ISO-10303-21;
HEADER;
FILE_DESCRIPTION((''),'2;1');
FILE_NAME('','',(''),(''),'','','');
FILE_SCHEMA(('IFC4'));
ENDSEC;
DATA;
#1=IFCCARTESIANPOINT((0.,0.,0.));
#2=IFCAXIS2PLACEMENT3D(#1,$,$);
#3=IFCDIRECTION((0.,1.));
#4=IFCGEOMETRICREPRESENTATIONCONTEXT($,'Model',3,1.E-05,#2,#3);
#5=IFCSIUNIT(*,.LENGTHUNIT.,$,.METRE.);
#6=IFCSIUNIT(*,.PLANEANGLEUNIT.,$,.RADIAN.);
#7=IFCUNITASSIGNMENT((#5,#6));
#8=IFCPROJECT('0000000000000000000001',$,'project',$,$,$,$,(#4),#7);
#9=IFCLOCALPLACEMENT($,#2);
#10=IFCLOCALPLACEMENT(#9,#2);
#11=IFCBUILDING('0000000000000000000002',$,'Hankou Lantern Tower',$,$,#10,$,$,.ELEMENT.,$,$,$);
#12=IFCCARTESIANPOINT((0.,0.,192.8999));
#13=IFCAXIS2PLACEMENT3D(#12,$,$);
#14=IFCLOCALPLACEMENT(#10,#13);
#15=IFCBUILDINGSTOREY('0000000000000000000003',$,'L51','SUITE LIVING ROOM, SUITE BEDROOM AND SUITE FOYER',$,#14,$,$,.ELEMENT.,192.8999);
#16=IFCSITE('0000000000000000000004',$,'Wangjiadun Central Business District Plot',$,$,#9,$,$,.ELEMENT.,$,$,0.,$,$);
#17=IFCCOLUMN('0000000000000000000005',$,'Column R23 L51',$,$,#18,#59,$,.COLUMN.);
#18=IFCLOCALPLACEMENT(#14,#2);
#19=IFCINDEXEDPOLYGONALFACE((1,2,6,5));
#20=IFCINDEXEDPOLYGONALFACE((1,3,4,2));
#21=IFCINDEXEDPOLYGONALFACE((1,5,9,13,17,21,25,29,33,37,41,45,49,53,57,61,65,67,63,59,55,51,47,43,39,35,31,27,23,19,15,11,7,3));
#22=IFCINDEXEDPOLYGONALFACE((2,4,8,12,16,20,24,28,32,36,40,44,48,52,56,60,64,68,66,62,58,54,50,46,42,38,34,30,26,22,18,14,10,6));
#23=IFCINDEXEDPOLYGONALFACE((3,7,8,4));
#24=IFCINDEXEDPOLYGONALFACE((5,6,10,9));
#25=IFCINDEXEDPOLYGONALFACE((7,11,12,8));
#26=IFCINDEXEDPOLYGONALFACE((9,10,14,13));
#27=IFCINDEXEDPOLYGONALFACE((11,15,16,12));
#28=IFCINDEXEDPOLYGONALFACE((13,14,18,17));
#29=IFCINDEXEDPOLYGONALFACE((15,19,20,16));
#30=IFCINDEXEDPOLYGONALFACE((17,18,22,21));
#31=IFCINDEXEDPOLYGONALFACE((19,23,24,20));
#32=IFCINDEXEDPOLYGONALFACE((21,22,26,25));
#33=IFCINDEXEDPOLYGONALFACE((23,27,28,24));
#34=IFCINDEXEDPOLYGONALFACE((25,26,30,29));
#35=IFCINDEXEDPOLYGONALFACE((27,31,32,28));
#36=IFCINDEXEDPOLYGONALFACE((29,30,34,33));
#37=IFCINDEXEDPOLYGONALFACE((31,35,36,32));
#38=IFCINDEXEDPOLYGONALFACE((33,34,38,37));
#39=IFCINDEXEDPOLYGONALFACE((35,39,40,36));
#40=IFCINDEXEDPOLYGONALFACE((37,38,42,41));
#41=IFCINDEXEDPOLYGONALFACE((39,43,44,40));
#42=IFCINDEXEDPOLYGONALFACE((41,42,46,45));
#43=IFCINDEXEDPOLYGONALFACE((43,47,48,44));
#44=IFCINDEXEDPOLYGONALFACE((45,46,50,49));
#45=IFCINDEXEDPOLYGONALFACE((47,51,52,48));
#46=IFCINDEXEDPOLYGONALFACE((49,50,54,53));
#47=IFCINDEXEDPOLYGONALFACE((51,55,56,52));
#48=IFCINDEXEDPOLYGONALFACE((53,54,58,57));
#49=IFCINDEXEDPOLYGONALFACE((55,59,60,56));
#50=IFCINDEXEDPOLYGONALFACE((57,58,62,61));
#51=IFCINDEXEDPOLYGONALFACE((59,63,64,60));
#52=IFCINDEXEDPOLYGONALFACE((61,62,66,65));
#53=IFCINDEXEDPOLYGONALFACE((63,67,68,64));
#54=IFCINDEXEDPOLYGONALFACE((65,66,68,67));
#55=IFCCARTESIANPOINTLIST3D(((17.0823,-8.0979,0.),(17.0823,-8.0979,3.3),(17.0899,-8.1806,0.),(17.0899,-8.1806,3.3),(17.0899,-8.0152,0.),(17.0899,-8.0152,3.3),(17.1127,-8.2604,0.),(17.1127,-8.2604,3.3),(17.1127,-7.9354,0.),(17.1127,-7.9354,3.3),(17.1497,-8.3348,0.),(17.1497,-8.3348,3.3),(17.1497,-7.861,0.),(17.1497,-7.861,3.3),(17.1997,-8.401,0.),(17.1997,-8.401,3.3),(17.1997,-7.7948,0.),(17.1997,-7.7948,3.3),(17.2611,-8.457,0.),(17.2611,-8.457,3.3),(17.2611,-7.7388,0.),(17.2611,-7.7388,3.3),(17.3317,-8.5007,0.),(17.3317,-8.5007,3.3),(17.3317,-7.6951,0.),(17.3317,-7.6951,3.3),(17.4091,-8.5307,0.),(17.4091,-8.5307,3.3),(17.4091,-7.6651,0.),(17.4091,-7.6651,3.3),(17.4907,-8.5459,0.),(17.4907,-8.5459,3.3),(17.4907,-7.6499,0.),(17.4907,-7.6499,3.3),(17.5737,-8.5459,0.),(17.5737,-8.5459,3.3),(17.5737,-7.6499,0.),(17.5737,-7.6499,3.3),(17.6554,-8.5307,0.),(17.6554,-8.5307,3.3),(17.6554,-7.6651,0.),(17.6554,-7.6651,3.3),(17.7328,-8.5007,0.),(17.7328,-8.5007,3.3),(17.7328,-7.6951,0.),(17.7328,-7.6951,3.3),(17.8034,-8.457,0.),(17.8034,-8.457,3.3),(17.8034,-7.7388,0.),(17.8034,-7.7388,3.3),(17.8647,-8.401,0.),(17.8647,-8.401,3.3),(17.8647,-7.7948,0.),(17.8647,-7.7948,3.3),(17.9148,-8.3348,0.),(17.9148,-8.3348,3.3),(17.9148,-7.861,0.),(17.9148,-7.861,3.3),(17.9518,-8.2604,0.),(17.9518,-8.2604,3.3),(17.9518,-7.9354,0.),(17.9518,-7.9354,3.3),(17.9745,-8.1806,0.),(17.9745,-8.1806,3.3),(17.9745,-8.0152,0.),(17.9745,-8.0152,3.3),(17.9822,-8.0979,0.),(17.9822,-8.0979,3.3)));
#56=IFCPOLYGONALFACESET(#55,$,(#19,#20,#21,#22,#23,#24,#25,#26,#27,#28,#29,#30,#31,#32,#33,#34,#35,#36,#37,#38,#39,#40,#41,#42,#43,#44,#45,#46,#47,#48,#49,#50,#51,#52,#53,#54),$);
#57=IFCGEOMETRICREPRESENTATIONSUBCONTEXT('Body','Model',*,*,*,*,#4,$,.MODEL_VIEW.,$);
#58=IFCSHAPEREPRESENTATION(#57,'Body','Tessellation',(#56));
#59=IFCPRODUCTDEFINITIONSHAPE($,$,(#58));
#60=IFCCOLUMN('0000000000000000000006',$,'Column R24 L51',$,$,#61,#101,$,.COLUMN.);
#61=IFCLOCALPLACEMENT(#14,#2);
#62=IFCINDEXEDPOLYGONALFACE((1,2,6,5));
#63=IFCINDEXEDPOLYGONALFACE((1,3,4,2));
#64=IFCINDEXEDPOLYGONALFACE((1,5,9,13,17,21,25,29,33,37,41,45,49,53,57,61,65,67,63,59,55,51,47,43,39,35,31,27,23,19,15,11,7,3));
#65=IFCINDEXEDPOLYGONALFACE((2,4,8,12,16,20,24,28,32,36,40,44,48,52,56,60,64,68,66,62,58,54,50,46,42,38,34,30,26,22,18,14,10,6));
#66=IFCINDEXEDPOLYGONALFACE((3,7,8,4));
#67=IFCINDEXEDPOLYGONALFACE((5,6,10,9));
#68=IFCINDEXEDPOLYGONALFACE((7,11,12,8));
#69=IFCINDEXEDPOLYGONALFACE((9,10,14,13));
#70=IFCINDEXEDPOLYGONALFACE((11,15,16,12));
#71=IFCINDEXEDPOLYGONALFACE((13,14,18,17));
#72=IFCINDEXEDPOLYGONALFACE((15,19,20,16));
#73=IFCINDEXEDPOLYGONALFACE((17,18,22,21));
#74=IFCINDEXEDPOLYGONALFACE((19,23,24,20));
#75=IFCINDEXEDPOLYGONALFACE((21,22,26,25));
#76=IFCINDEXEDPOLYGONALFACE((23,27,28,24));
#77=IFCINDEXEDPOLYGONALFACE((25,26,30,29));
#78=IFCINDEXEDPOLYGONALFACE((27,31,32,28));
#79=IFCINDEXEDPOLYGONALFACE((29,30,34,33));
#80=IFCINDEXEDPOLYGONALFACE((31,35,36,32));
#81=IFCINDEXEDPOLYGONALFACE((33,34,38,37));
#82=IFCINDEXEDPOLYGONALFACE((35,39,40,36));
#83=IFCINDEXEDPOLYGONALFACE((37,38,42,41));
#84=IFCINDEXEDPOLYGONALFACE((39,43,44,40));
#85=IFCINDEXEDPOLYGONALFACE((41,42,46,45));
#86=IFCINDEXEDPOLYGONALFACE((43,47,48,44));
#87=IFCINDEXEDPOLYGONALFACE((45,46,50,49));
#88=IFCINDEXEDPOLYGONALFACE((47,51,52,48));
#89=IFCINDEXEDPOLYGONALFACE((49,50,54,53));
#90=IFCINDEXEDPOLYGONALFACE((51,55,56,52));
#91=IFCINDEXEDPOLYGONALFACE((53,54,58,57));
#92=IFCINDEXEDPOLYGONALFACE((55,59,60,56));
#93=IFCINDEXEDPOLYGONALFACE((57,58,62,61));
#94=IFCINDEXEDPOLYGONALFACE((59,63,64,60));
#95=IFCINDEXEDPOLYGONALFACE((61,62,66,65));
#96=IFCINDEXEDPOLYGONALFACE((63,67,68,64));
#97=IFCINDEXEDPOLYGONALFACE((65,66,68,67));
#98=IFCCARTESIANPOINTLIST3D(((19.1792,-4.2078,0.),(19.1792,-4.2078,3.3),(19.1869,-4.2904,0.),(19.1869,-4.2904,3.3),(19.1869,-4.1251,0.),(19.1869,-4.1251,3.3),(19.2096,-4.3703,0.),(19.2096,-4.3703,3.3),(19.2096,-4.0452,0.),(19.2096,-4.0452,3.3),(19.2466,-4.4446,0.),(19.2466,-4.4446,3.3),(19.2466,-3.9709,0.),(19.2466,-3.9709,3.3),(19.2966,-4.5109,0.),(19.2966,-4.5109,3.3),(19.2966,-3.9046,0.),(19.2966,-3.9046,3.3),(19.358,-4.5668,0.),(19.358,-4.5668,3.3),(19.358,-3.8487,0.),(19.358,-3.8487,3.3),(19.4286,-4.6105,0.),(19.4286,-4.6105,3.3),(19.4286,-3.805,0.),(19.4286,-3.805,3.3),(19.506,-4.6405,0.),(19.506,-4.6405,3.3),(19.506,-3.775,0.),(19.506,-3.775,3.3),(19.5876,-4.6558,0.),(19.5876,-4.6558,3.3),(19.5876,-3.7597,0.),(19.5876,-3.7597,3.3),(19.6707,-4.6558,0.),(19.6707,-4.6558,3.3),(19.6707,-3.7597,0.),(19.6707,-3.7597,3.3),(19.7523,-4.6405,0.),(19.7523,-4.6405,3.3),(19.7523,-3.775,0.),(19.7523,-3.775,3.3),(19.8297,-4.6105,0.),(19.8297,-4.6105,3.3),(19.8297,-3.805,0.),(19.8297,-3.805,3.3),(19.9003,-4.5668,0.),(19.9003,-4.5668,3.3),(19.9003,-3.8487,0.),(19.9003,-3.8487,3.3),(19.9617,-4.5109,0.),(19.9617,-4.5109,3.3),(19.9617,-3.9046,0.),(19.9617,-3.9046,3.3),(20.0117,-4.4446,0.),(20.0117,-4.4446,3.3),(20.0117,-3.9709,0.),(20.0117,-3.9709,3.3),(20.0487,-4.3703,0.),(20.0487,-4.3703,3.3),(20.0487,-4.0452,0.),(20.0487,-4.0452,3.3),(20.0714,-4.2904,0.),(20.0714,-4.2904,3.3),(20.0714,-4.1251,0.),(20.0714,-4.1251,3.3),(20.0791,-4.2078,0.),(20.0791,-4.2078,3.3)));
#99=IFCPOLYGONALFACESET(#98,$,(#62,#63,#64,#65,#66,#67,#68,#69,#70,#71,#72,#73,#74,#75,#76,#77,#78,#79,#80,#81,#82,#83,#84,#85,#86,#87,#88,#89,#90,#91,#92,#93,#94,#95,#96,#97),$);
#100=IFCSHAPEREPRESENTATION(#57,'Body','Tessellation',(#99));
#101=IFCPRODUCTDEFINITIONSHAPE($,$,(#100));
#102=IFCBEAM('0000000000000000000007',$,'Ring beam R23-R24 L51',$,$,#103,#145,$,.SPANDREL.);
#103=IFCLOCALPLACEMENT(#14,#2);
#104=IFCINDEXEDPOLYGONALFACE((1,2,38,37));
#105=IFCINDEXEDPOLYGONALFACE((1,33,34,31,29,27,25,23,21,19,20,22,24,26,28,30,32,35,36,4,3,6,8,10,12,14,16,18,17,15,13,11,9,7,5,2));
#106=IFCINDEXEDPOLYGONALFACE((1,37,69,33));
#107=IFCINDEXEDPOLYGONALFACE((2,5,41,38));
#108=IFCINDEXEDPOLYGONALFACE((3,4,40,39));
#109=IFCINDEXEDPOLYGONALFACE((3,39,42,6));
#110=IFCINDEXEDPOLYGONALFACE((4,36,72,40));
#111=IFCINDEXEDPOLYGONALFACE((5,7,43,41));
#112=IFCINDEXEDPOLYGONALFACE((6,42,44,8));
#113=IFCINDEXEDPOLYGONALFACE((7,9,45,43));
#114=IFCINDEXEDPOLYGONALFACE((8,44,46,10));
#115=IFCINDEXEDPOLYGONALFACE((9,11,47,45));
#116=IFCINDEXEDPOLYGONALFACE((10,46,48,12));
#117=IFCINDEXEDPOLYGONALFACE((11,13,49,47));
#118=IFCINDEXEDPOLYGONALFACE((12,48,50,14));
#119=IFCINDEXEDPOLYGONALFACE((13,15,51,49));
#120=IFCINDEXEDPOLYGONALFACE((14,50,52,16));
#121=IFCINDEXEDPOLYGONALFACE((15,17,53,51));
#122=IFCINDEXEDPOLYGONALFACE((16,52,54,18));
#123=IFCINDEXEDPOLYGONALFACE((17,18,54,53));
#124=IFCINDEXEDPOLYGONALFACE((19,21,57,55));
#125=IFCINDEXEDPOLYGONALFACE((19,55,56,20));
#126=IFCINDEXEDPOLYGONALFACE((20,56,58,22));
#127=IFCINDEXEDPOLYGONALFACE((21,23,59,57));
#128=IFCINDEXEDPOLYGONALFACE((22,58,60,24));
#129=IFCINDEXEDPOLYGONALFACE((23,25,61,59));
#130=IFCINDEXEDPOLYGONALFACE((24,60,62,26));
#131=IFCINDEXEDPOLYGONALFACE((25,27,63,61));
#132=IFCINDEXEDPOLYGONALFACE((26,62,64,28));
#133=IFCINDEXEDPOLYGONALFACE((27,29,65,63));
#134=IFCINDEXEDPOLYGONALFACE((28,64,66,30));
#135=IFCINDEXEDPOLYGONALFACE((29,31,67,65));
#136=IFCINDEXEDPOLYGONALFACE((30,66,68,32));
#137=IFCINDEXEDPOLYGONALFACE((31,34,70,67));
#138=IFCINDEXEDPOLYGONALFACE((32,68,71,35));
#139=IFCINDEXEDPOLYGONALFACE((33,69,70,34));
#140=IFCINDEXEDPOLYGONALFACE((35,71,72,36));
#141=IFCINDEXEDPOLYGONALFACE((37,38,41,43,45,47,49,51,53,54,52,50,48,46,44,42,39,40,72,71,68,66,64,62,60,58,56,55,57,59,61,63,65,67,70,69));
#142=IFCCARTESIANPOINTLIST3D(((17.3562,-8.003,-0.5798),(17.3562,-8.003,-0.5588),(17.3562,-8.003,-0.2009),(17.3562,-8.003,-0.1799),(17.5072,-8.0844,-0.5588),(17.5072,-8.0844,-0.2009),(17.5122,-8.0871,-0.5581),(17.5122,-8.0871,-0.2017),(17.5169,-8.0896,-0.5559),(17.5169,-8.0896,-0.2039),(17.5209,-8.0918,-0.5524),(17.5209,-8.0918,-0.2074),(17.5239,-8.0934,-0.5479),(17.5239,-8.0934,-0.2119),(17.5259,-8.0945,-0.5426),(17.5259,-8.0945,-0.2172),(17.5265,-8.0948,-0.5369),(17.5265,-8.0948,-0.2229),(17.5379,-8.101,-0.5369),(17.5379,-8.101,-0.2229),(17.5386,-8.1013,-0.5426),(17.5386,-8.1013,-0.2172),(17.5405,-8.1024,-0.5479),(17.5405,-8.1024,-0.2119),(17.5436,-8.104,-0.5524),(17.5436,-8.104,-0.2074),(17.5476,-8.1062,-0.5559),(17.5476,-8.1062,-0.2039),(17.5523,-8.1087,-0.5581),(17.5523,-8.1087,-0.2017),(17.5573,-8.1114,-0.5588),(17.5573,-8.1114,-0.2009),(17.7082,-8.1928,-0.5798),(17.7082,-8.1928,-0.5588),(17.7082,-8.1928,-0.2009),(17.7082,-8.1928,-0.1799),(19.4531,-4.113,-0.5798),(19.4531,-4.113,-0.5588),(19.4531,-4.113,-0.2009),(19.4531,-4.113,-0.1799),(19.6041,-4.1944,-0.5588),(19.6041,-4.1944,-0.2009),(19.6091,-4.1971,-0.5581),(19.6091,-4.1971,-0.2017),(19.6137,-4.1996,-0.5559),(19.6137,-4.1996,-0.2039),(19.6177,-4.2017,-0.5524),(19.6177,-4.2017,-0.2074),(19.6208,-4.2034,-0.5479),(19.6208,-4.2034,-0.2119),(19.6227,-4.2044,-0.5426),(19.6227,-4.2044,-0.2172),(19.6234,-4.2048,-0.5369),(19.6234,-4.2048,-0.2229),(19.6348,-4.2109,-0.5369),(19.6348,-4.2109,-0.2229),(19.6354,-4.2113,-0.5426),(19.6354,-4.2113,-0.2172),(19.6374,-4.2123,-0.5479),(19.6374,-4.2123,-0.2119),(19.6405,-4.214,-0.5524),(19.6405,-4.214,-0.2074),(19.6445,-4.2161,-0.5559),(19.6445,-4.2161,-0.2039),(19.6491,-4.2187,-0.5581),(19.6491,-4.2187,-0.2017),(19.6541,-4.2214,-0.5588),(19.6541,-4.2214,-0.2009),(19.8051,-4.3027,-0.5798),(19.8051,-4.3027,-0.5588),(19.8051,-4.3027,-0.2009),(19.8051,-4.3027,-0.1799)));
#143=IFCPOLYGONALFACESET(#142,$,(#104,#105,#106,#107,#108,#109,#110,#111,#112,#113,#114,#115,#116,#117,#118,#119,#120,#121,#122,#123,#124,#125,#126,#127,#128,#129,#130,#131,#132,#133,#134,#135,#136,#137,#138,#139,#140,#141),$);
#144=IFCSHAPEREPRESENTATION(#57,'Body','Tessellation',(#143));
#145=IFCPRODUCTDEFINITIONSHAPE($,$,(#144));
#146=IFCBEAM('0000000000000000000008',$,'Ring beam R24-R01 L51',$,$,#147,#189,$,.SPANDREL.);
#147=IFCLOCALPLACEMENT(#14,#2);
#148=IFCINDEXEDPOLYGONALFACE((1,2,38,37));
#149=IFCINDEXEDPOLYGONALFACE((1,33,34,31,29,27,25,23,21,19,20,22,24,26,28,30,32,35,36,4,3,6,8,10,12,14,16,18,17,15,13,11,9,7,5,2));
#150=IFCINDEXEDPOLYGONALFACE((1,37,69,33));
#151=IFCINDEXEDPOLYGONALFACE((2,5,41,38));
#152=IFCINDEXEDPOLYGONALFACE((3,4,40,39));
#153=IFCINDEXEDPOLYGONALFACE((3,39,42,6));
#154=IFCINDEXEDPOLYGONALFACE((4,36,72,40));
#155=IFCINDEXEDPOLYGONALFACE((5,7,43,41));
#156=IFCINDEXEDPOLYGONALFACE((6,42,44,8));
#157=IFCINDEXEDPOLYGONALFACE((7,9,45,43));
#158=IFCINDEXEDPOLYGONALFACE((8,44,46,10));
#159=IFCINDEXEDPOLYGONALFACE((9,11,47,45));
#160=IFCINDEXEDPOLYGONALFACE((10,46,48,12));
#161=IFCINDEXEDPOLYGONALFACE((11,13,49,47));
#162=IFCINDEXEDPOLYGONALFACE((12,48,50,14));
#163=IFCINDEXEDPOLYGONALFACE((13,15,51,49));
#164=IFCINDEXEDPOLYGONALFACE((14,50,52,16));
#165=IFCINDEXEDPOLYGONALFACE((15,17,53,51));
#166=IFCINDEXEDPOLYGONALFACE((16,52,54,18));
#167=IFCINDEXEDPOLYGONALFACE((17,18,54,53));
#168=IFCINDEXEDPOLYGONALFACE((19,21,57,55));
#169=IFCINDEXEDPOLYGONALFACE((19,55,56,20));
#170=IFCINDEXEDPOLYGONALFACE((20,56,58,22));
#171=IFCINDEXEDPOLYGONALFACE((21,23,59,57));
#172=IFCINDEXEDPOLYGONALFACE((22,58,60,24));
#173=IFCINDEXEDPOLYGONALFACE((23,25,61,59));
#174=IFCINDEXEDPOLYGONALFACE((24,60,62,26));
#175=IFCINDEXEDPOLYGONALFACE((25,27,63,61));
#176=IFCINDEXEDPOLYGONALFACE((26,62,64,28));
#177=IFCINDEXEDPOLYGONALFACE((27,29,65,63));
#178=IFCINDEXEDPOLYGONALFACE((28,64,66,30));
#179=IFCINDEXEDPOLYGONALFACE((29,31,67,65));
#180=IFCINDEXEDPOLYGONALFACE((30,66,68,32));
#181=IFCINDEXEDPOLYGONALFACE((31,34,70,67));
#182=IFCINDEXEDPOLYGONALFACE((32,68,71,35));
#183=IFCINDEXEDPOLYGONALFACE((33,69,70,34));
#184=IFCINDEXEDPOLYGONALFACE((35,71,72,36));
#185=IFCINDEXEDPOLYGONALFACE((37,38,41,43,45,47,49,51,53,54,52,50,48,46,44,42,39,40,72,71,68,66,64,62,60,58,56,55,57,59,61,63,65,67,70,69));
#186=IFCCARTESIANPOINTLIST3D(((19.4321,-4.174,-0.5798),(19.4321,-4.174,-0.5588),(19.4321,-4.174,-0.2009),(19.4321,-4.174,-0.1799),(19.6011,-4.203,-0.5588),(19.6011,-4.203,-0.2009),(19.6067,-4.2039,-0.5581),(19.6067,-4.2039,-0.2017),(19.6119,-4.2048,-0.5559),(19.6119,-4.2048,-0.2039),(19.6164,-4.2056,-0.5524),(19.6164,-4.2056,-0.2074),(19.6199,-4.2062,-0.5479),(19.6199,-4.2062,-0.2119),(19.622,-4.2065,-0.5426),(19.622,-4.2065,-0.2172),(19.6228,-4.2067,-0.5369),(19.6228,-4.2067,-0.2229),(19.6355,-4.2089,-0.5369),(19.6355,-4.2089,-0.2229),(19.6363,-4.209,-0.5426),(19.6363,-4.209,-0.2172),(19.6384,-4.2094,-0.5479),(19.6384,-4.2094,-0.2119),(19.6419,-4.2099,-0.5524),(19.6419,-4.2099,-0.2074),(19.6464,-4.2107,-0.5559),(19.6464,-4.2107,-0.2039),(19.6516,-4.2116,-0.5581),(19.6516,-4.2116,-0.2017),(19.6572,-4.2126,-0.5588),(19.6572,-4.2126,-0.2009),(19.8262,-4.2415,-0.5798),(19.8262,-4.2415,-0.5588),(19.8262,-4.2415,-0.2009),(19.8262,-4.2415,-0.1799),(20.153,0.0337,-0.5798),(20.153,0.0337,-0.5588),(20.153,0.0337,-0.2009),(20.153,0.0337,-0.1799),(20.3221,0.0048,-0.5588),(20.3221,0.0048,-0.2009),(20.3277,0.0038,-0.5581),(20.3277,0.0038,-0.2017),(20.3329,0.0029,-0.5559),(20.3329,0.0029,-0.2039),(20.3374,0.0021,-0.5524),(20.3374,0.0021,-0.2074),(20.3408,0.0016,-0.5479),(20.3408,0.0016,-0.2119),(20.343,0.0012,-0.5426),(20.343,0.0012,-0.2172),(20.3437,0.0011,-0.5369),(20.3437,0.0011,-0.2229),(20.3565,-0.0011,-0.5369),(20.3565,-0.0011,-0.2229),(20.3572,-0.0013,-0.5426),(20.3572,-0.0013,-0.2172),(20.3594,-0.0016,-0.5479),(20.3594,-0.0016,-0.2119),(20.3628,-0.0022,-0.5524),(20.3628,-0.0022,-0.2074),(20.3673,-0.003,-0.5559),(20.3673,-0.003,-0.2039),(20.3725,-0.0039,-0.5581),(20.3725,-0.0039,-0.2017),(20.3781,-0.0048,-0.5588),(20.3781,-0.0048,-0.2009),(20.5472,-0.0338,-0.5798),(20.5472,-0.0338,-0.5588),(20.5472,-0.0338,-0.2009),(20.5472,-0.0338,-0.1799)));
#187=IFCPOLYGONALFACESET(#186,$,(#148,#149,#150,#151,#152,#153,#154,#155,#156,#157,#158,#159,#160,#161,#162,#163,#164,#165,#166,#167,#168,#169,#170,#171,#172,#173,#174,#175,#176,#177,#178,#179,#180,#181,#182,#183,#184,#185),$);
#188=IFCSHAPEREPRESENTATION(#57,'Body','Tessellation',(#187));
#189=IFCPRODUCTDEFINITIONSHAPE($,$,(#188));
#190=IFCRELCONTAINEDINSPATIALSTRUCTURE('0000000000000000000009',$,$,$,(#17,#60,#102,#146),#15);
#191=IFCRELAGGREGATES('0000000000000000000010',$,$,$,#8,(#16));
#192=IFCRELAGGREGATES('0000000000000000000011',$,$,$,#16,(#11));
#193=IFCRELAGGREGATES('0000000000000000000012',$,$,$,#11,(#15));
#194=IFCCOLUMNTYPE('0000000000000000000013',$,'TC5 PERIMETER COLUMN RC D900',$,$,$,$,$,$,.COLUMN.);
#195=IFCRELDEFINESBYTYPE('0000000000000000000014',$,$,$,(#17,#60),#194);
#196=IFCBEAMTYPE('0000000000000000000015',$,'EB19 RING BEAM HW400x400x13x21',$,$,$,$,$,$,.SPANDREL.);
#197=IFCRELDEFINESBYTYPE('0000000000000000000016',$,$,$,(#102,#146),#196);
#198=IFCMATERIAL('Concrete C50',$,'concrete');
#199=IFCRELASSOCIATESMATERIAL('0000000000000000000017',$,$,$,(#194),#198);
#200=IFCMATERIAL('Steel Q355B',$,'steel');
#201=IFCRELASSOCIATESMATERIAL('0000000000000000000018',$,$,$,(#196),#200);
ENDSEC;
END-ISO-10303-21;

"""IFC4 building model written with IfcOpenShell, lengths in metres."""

from ifc_helpers import new_model, si_unit, direction, frame, origin, origin_2d, place, context, subcontext, project, spatial, circle, i_section, extrude, material, material_profile, profile_set, type_object, element, save


model = new_model("IFC4")

# Units and contexts
model_context = context("Model", 3, precision=1e-05, world=origin(), true_north=direction((0.0, 1.0)))
body_context = subcontext(model_context, "Body", "Model", "MODEL_VIEW")
ifc_project = project(units=[si_unit("LENGTHUNIT", "METRE"), si_unit("PLANEANGLEUNIT", "RADIAN")], contexts=[model_context])

# Site, building, storey
site_placement = place(None, origin())
site = spatial("IfcSite", under=ifc_project, at=site_placement, Name="Wangjiadun Central Business District Plot", CompositionType="ELEMENT", RefElevation=0.0)
building_placement = place(site_placement, origin())
building = spatial("IfcBuilding", under=site, at=building_placement, Name="Hankou Lantern Tower", CompositionType="ELEMENT")
storey_placement = place(building_placement, frame((0.0, 0.0, 192.8999)))
storey = spatial("IfcBuildingStorey", under=building, at=storey_placement, Name="L51", Description="SUITE LIVING ROOM, SUITE BEDROOM AND SUITE FOYER", CompositionType="ELEMENT", Elevation=192.8999)

# Columns
ifc_material_1 = material(Name="Concrete C50", Category="concrete")
ifc_material_profile_1 = material_profile(ifc_material_1, circle(Radius=0.45, at=origin_2d()), Name="RC D900")
ifc_profile_set_1 = profile_set([ifc_material_profile_1], Name="Concrete C50")
column_type = type_object("IfcColumnType", Name="TC5 PERIMETER COLUMN RC D900", PredefinedType="COLUMN", material=ifc_profile_set_1)
for number, where, z_axis, x_axis, name in (
    (1, (17.5322, -8.0979, 0.0), (0.0, 0.0, 1.0), (1.0, 0.0, 0.0), "Column R23 L51"),
    (2, (19.6292, -4.2078, 0.0), (0.0, 0.0, 1.0), (1.0, 0.0, 0.0), "Column R24 L51"),
):
    element("IfcColumn", number, at=place(storey_placement, frame(where, z_axis=z_axis, x_axis=x_axis)), inside=storey, type_object=column_type, Name=name, PredefinedType="COLUMN", context=body_context, shape_type="SweptSolid", body=[
        extrude(circle(Radius=0.45, at=origin_2d()), origin(), (0.0, 0.0, 1.0), 3.3),
    ])

# Beams
ifc_material_2 = material(Name="Steel Q355B", Category="steel")
ifc_material_profile_2 = material_profile(ifc_material_2, i_section(OverallWidth=0.3999, OverallDepth=0.3999, WebThickness=0.0129, FlangeThickness=0.021, FilletRadius=0.022, at=origin_2d()), Name="HW400x400x13x21")
ifc_profile_set_2 = profile_set([ifc_material_profile_2], Name="Steel Q355B")
beam_type_1 = type_object("IfcBeamType", Name="EB19 RING BEAM HW400x400x13x21", PredefinedType="SPANDREL", material=ifc_profile_set_2)
beam_1_placement = place(storey_placement, frame((17.5322, -8.0979, -0.3799), z_axis=(0.474492, 0.88026, 0.0), x_axis=(-0.88026, 0.474492, 0.0)))
element("IfcBeam", 3, at=beam_1_placement, inside=storey, type_object=beam_type_1, Name="Ring beam R23-R24 L51", PredefinedType="SPANDREL", context=body_context, shape_type="SweptSolid", body=[
    extrude(i_section(OverallWidth=0.3999, OverallDepth=0.3999, WebThickness=0.0129, FlangeThickness=0.021, FilletRadius=0.022, at=origin_2d()), origin(), (0.0, 0.0, 1.0), 4.4192),
])
beam_2_placement = place(storey_placement, frame((19.6292, -4.2078, -0.3799), z_axis=(0.168877, 0.985637, 0.0), x_axis=(-0.985637, 0.168877, 0.0)))
element("IfcBeam", 4, at=beam_2_placement, inside=storey, type_object=beam_type_1, Name="Ring beam R24-R01 L51", PredefinedType="SPANDREL", context=body_context, shape_type="SweptSolid", body=[
    extrude(i_section(OverallWidth=0.3999, OverallDepth=0.3999, WebThickness=0.0129, FlangeThickness=0.021, FilletRadius=0.022, at=origin_2d()), origin(), (0.0, 0.0, 1.0), 4.269),
])

save(model, "model.ifc")
